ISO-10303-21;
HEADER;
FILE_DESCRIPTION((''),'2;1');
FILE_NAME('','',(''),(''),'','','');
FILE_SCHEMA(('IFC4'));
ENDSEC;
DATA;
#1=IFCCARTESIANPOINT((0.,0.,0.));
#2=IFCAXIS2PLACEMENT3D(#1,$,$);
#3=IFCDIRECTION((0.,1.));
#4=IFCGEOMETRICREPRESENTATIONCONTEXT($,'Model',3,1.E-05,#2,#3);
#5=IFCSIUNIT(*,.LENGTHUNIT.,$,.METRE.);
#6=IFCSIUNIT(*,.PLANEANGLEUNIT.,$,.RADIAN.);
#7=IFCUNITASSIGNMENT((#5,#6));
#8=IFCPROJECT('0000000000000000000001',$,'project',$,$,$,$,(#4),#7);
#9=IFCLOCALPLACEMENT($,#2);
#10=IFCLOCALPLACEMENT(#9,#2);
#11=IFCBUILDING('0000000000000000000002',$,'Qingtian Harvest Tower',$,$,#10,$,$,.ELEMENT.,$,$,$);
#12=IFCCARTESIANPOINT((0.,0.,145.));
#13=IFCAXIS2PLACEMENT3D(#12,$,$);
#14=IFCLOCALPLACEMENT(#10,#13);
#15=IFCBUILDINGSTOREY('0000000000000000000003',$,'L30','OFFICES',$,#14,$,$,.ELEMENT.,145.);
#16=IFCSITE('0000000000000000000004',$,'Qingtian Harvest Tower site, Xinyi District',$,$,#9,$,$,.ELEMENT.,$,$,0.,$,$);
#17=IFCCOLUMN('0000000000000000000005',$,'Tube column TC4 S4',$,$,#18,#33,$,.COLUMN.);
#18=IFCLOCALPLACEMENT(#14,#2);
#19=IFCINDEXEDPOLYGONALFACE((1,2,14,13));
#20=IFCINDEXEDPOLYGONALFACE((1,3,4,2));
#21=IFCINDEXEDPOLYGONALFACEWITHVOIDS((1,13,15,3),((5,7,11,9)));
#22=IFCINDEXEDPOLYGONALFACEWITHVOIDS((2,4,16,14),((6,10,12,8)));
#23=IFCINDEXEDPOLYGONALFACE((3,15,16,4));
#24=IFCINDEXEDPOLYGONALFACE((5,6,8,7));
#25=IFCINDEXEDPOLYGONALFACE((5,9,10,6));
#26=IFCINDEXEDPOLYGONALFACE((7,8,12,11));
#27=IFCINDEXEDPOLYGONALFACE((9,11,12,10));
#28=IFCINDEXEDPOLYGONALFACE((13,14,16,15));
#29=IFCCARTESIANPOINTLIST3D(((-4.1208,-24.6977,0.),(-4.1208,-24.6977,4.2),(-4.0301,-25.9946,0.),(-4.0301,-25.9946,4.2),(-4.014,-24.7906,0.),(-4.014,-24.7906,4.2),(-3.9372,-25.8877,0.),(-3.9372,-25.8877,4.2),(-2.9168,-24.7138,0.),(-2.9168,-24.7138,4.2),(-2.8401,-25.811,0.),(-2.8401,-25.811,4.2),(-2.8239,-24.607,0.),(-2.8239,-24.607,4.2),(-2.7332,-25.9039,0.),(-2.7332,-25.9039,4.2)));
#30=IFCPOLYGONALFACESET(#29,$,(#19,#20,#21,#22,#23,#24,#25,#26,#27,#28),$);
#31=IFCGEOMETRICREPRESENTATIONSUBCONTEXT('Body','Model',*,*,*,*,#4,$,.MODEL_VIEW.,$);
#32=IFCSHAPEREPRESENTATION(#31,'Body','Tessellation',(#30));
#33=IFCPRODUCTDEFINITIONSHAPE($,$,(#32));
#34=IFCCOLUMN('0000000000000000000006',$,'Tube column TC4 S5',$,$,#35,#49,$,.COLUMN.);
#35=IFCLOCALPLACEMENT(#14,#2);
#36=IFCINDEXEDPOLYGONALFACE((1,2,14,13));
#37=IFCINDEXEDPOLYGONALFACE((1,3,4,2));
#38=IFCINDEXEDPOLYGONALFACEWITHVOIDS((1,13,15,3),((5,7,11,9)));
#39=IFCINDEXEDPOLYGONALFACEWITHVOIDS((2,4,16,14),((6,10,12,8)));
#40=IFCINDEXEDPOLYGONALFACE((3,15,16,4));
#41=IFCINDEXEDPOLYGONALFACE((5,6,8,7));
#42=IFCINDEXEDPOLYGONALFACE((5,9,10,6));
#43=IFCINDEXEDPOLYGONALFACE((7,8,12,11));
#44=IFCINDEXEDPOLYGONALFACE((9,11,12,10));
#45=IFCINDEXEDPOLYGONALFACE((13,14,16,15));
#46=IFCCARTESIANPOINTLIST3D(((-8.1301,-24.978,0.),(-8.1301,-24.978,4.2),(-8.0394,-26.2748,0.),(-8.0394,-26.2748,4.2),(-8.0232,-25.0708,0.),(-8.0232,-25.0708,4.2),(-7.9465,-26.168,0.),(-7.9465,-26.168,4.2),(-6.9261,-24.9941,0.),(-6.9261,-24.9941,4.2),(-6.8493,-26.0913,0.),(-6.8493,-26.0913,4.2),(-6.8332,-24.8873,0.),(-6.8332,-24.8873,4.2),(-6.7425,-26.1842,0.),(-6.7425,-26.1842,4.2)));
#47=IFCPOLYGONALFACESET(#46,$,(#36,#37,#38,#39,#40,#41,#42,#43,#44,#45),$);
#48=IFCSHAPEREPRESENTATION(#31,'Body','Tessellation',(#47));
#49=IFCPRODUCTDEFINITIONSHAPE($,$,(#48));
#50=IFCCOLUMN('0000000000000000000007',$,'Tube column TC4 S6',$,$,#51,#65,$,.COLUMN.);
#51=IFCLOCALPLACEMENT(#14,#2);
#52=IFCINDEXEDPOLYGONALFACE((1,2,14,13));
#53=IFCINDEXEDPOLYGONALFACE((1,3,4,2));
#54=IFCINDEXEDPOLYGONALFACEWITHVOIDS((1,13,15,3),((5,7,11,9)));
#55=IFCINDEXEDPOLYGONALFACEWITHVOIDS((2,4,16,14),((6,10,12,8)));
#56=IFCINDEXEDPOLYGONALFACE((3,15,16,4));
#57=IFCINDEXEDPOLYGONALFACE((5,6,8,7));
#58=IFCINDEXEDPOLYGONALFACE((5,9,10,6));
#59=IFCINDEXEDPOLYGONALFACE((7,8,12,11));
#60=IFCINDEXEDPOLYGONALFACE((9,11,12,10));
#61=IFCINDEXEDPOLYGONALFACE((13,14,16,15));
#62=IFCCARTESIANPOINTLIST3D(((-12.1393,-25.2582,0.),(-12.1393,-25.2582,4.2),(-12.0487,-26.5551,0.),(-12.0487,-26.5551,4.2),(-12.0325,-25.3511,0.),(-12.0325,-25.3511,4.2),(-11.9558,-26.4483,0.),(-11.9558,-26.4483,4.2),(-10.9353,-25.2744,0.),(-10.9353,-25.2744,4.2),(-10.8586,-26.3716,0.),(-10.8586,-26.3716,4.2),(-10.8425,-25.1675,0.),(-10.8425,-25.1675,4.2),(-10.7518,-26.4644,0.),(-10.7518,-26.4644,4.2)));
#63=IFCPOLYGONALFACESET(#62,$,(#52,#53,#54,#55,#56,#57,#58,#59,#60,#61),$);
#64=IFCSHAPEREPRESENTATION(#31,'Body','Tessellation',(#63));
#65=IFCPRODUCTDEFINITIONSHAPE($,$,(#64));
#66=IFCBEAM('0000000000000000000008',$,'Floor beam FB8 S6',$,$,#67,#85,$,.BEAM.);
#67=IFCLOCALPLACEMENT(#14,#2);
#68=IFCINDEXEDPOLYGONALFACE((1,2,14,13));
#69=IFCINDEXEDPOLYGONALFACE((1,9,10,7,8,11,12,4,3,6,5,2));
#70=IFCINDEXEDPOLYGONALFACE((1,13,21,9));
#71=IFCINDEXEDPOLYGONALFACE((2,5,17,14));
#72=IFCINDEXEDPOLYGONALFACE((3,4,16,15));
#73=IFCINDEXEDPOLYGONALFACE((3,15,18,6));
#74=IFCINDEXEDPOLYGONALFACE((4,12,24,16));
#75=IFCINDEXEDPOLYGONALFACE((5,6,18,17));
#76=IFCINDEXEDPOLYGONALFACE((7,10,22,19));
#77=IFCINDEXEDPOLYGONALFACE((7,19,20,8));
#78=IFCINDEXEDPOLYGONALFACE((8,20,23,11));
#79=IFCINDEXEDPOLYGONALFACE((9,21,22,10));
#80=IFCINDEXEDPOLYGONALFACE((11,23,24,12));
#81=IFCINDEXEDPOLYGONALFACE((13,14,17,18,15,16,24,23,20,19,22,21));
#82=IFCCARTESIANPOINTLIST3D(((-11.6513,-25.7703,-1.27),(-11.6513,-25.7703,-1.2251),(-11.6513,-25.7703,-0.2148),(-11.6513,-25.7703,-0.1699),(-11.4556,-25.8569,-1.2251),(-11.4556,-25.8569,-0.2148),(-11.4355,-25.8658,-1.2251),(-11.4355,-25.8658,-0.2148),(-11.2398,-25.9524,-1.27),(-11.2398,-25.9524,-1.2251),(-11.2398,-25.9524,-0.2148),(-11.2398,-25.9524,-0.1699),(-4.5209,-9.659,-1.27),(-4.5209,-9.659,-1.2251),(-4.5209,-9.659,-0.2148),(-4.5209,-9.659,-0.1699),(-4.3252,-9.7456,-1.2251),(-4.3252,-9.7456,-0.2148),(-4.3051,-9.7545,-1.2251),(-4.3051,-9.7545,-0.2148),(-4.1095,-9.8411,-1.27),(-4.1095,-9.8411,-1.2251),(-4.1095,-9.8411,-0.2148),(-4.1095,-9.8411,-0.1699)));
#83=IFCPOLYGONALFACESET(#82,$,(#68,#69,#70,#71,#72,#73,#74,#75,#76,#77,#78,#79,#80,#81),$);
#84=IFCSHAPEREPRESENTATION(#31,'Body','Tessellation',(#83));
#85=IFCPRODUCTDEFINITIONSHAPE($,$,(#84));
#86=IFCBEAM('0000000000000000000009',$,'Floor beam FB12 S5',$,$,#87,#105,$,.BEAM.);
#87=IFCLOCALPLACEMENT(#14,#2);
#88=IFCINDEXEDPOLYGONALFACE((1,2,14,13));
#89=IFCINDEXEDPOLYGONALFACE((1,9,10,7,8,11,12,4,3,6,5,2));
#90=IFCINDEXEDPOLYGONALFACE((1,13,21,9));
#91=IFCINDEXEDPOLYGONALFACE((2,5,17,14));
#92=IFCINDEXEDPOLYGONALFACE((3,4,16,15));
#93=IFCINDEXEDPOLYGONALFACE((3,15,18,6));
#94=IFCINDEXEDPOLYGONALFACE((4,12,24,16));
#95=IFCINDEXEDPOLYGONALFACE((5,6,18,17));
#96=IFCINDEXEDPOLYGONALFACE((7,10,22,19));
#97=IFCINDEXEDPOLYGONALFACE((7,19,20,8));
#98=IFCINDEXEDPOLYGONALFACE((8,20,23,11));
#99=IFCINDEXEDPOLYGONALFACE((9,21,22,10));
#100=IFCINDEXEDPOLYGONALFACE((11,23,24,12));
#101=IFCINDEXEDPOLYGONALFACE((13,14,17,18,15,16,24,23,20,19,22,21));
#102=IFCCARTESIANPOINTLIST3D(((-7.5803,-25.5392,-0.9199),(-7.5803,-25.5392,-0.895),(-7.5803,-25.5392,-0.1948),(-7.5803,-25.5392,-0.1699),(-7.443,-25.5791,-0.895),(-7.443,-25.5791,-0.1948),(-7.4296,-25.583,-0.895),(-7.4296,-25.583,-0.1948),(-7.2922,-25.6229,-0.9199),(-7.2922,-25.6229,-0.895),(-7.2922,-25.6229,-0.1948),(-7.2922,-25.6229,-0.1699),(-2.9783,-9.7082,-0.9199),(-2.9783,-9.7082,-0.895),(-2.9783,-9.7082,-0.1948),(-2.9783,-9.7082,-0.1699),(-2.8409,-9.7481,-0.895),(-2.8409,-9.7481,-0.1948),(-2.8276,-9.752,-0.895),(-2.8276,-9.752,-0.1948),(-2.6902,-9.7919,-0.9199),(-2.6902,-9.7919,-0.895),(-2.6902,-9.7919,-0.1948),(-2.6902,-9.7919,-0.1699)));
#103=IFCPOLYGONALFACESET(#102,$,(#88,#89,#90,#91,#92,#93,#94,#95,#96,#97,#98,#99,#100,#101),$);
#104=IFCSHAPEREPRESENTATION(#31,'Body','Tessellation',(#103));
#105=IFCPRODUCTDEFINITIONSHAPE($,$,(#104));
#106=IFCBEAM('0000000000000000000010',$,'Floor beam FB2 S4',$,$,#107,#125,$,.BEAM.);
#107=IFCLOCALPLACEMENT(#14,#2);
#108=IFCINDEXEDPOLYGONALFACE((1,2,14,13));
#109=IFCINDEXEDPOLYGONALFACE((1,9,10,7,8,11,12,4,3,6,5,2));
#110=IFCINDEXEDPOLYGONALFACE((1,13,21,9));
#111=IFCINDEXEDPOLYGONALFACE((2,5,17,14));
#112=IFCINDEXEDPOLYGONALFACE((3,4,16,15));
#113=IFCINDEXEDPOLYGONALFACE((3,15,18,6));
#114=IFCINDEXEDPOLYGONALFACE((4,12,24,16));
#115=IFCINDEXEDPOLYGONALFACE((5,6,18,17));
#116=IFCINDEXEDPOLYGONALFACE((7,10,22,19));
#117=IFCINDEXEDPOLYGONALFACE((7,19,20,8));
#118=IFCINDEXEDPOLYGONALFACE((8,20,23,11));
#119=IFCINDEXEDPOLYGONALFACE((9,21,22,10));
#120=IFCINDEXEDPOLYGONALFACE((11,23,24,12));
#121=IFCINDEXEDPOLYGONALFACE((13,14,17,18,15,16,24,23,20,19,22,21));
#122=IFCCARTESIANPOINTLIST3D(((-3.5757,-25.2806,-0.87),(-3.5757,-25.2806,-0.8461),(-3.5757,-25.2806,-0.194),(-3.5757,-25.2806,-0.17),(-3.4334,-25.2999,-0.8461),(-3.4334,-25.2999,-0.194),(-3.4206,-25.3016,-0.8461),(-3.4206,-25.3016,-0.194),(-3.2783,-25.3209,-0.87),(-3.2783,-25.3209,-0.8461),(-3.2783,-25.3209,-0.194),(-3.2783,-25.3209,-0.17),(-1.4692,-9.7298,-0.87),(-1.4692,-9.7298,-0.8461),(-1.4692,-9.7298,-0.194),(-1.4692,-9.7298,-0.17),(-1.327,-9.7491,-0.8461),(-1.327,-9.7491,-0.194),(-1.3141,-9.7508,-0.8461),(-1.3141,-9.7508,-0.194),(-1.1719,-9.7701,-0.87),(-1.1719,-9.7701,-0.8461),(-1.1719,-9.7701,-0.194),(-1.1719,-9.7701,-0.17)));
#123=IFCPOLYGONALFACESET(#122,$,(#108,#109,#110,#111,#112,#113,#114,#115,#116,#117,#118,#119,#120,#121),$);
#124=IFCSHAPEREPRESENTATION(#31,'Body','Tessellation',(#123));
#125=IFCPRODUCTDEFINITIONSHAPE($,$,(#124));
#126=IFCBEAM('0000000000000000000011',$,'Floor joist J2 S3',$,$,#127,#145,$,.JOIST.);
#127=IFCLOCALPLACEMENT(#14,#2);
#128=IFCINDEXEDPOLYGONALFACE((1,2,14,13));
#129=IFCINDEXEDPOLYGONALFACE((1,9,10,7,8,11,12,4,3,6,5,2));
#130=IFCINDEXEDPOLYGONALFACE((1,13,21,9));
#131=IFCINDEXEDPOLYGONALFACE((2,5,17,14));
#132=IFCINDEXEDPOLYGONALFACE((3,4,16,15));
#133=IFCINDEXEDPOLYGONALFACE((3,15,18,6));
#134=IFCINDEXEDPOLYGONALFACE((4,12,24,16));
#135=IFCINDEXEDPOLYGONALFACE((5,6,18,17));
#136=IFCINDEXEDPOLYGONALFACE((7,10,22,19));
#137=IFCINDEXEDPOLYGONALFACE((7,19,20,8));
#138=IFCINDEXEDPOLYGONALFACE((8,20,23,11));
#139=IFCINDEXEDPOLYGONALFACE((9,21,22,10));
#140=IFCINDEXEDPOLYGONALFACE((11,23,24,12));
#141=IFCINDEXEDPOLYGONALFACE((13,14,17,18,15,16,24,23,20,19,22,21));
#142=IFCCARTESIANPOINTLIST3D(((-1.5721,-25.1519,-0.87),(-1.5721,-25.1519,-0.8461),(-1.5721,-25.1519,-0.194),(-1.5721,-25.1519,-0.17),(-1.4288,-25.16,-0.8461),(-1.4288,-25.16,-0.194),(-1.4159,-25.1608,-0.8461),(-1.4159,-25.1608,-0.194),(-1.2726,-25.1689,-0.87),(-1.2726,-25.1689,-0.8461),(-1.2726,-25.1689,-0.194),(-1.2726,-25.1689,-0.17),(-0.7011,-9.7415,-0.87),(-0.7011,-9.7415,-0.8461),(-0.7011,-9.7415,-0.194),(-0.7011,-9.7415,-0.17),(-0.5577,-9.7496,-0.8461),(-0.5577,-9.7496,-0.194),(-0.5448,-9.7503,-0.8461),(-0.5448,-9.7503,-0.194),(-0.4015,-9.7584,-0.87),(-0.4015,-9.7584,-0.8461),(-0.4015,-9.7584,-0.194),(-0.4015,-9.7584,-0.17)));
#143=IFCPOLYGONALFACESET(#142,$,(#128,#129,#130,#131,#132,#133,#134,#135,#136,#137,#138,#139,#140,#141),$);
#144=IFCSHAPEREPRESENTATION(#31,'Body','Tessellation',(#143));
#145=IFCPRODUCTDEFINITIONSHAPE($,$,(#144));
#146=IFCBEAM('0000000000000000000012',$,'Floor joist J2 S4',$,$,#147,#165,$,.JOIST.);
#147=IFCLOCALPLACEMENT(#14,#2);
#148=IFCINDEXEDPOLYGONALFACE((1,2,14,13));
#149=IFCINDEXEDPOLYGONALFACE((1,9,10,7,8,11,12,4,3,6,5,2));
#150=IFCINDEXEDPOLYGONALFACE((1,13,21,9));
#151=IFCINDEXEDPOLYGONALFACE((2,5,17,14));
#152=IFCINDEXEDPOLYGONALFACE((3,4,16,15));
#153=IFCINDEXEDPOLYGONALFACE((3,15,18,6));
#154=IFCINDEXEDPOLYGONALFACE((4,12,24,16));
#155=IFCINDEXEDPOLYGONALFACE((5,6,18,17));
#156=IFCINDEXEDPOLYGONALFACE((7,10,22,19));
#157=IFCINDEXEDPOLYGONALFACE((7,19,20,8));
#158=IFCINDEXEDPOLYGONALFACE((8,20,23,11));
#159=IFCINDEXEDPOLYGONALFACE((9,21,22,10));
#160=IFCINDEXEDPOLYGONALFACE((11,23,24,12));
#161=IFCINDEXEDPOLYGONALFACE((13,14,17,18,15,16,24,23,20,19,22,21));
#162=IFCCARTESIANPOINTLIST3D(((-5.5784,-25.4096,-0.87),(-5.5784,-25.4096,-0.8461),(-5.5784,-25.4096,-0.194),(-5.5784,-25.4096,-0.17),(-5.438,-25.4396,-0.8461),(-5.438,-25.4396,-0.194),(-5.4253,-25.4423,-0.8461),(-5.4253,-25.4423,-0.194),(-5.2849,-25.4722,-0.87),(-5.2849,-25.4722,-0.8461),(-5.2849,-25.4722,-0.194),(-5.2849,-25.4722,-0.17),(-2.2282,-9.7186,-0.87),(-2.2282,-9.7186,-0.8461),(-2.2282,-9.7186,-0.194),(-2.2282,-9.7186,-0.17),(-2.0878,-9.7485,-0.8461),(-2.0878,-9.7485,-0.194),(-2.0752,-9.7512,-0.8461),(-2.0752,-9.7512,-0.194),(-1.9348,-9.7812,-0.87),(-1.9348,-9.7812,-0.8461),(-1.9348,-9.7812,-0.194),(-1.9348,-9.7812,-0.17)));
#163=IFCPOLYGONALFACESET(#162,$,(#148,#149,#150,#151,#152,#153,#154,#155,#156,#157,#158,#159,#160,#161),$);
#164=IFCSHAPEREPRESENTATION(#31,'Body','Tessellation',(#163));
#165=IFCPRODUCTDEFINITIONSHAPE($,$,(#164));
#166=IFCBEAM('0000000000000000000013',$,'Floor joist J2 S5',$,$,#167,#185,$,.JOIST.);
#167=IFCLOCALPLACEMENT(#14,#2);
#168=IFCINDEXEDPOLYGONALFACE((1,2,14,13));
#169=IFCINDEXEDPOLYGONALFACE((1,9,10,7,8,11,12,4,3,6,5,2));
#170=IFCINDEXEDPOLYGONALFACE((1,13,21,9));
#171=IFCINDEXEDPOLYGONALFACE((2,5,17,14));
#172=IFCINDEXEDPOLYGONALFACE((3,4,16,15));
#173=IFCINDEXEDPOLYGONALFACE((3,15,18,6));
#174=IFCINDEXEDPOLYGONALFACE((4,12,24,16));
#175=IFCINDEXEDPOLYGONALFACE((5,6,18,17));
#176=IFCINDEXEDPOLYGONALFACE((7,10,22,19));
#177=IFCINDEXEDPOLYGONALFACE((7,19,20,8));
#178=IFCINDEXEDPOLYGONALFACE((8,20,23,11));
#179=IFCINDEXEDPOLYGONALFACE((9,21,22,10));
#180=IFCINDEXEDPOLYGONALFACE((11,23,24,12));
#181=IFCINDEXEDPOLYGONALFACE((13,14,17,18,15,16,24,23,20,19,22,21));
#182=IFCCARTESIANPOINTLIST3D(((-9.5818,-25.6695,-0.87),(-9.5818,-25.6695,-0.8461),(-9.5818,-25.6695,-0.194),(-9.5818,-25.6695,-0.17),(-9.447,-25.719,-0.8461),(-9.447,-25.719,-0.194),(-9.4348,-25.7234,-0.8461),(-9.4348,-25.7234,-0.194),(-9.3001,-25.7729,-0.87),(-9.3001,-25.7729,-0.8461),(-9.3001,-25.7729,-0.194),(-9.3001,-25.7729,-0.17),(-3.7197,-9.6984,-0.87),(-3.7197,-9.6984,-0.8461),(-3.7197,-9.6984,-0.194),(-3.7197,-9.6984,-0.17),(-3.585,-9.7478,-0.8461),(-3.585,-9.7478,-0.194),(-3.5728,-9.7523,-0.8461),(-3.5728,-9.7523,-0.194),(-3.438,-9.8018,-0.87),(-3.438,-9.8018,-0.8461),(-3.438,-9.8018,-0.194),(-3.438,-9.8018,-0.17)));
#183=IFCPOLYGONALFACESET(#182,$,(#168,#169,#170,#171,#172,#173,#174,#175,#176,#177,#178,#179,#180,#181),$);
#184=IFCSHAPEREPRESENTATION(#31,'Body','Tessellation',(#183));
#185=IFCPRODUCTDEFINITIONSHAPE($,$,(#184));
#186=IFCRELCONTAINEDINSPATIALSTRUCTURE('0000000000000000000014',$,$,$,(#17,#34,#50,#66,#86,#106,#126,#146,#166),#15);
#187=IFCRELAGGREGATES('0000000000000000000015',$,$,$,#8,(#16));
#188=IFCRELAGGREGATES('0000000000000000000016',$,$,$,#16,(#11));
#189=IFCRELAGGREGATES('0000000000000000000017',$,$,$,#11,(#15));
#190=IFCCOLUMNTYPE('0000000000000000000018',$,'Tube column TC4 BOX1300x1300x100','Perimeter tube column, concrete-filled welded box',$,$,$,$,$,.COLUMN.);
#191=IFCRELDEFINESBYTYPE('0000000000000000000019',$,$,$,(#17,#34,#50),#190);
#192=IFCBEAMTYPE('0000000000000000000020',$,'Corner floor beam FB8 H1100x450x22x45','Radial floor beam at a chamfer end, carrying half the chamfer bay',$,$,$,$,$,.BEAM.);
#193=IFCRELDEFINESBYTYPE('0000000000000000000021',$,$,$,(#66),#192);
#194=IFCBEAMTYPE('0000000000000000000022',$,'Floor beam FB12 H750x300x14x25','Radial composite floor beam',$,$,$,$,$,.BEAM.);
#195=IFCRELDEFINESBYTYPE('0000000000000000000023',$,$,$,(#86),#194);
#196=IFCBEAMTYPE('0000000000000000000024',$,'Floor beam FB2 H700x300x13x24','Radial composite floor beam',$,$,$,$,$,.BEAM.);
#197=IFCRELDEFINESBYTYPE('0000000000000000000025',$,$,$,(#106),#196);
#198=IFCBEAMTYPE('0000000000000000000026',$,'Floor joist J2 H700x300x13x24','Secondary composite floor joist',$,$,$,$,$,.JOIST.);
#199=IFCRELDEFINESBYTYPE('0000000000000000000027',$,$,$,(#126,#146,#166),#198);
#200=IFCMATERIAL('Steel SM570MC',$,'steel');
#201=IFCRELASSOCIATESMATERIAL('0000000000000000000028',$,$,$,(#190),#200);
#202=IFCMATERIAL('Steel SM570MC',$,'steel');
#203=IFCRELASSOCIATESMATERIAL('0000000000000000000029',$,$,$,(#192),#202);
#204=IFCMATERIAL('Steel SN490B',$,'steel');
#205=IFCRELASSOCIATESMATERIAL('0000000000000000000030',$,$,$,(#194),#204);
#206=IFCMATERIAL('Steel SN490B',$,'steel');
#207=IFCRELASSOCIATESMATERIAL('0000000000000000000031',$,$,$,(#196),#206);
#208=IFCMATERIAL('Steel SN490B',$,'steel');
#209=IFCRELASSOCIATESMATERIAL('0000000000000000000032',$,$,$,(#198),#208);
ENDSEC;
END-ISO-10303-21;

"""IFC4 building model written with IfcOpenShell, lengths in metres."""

from ifc_helpers import new_model, si_unit, direction, frame, origin, origin_2d, place, context, subcontext, project, spatial, hollow_rectangle, i_section, extrude, material, material_profile, profile_set, type_object, element, save


model = new_model("IFC4")

# Units and contexts
model_context = context("Model", 3, precision=1e-05, world=origin(), true_north=direction((0.0, 1.0)))
body_context = subcontext(model_context, "Body", "Model", "MODEL_VIEW")
ifc_project = project(units=[si_unit("LENGTHUNIT", "METRE"), si_unit("PLANEANGLEUNIT", "RADIAN")], contexts=[model_context])

# Site, building, storey
site_placement = place(None, origin())
site = spatial("IfcSite", under=ifc_project, at=site_placement, Name="Qingtian Harvest Tower site, Xinyi District", CompositionType="ELEMENT", RefElevation=0.0)
building_placement = place(site_placement, origin())
building = spatial("IfcBuilding", under=site, at=building_placement, Name="Qingtian Harvest Tower", CompositionType="ELEMENT")
storey_placement = place(building_placement, frame((0.0, 0.0, 145.0)))
storey = spatial("IfcBuildingStorey", under=building, at=storey_placement, Name="L30", Description="OFFICES", CompositionType="ELEMENT", Elevation=145.0)

# Columns
ifc_material_1 = material(Name="Steel SM570MC", Category="steel")
ifc_material_profile_1 = material_profile(ifc_material_1, hollow_rectangle(XDim=1.3, YDim=1.3, WallThickness=0.1001, at=origin_2d()), Name="BOX1300x1300x100")
ifc_profile_set_1 = profile_set([ifc_material_profile_1], Name="Steel SM570MC")
column_type = type_object("IfcColumnType", Name="Tube column TC4 BOX1300x1300x100", Description="Perimeter tube column, concrete-filled welded box", PredefinedType="COLUMN", material=ifc_profile_set_1)
for number, where, z_axis, x_axis, name in (
    (1, (-3.427, -25.3008, 0.0), (0.0, 0.0, 1.0), (0.997564, 0.069756, 0.0), "Tube column TC4 S4"),
    (2, (-7.4363, -25.5811, 0.0), (0.0, 0.0, 1.0), (0.997564, 0.069756, 0.0), "Tube column TC4 S5"),
    (3, (-11.4456, -25.8613, 0.0), (0.0, 0.0, 1.0), (0.997564, 0.069756, 0.0), "Tube column TC4 S6"),
):
    element("IfcColumn", number, at=place(storey_placement, frame(where, z_axis=z_axis, x_axis=x_axis)), inside=storey, type_object=column_type, Name=name, PredefinedType="COLUMN", context=body_context, shape_type="SweptSolid", body=[
        extrude(hollow_rectangle(XDim=1.3, YDim=1.3, WallThickness=0.1001, at=origin_2d()), origin(), (0.0, 0.0, 1.0), 4.2),
    ])

# Beams
ifc_material_2 = material(Name="Steel SM570MC", Category="steel")
ifc_material_profile_2 = material_profile(ifc_material_2, i_section(OverallWidth=0.45, OverallDepth=1.1001, WebThickness=0.022, FlangeThickness=0.0449, at=origin_2d()), Name="H1100x450x22x45")
ifc_profile_set_2 = profile_set([ifc_material_profile_2], Name="Steel SM570MC")
beam_type_1 = type_object("IfcBeamType", Name="Corner floor beam FB8 H1100x450x22x45", Description="Radial floor beam at a chamfer end, carrying half the chamfer bay", PredefinedType="BEAM", material=ifc_profile_set_2)
beam_1_placement = place(storey_placement, frame((-11.4456, -25.8613, -0.72), z_axis=(0.404706, 0.914447, 0.0), x_axis=(-0.914447, 0.404706, 0.0)))
element("IfcBeam", 4, at=beam_1_placement, inside=storey, type_object=beam_type_1, Name="Floor beam FB8 S6", PredefinedType="BEAM", context=body_context, shape_type="SweptSolid", body=[
    extrude(i_section(OverallWidth=0.45, OverallDepth=1.1001, WebThickness=0.022, FlangeThickness=0.0449, at=origin_2d()), origin(), (0.0, 0.0, 1.0), 17.6187),
])
ifc_material_3 = material(Name="Steel SN490B", Category="steel")
ifc_material_profile_3 = material_profile(ifc_material_3, i_section(OverallWidth=0.3, OverallDepth=0.75, WebThickness=0.0139, FlangeThickness=0.0249, at=origin_2d()), Name="H750x300x14x25")
ifc_profile_set_3 = profile_set([ifc_material_profile_3], Name="Steel SN490B")
beam_type_2 = type_object("IfcBeamType", Name="Floor beam FB12 H750x300x14x25", Description="Radial composite floor beam", PredefinedType="BEAM", material=ifc_profile_set_3)
beam_2_placement = place(storey_placement, frame((-7.4363, -25.5811, -0.5449), z_axis=(0.279142, 0.96025, 0.0), x_axis=(-0.96025, 0.279142, 0.0)))
element("IfcBeam", 5, at=beam_2_placement, inside=storey, type_object=beam_type_2, Name="Floor beam FB12 S5", PredefinedType="BEAM", context=body_context, shape_type="SweptSolid", body=[
    extrude(i_section(OverallWidth=0.3, OverallDepth=0.75, WebThickness=0.0139, FlangeThickness=0.0249, at=origin_2d()), origin(), (0.0, 0.0, 1.0), 16.4863),
])
ifc_material_4 = material(Name="Steel SN490B", Category="steel")
ifc_material_profile_4 = material_profile(ifc_material_4, i_section(OverallWidth=0.3, OverallDepth=0.7, WebThickness=0.0129, FlangeThickness=0.0239, at=origin_2d()), Name="H700x300x13x24")
ifc_profile_set_4 = profile_set([ifc_material_profile_4], Name="Steel SN490B")
beam_type_3 = type_object("IfcBeamType", Name="Floor beam FB2 H700x300x13x24", Description="Radial composite floor beam", PredefinedType="BEAM", material=ifc_profile_set_4)
beam_3_placement = place(storey_placement, frame((-3.427, -25.3008, -0.52), z_axis=(0.13423, 0.99095, 0.0), x_axis=(-0.99095, 0.13423, 0.0)))
element("IfcBeam", 6, at=beam_3_placement, inside=storey, type_object=beam_type_3, Name="Floor beam FB2 S4", PredefinedType="BEAM", context=body_context, shape_type="SweptSolid", body=[
    extrude(i_section(OverallWidth=0.3, OverallDepth=0.7, WebThickness=0.0129, FlangeThickness=0.0239, at=origin_2d()), origin(), (0.0, 0.0, 1.0), 15.6929),
])
ifc_material_5 = material(Name="Steel SN490B", Category="steel")
ifc_material_profile_5 = material_profile(ifc_material_5, i_section(OverallWidth=0.3, OverallDepth=0.7, WebThickness=0.0129, FlangeThickness=0.0239, at=origin_2d()), Name="H700x300x13x24")
ifc_profile_set_5 = profile_set([ifc_material_profile_5], Name="Steel SN490B")
beam_type_4 = type_object("IfcBeamType", Name="Floor joist J2 H700x300x13x24", Description="Secondary composite floor joist", PredefinedType="JOIST", material=ifc_profile_set_5)
beam_4_placement = place(storey_placement, frame((-1.4224, -25.1604, -0.52), z_axis=(0.056436, 0.998406, 0.0), x_axis=(-0.998406, 0.056436, 0.0)))
element("IfcBeam", 7, at=beam_4_placement, inside=storey, type_object=beam_type_4, Name="Floor joist J2 S3", PredefinedType="JOIST", context=body_context, shape_type="SweptSolid", body=[
    extrude(i_section(OverallWidth=0.3, OverallDepth=0.7, WebThickness=0.0129, FlangeThickness=0.0239, at=origin_2d()), origin(), (0.0, 0.0, 1.0), 15.4351),
])
beam_5_placement = place(storey_placement, frame((-5.4316, -25.4409, -0.52), z_axis=(0.2088, 0.977958, 0.0), x_axis=(-0.977958, 0.2088, 0.0)))
element("IfcBeam", 8, at=beam_5_placement, inside=storey, type_object=beam_type_4, Name="Floor joist J2 S4", PredefinedType="JOIST", context=body_context, shape_type="SweptSolid", body=[
    extrude(i_section(OverallWidth=0.3, OverallDepth=0.7, WebThickness=0.0129, FlangeThickness=0.0239, at=origin_2d()), origin(), (0.0, 0.0, 1.0), 16.0447),
])
beam_6_placement = place(storey_placement, frame((-9.4409, -25.7212, -0.52), z_axis=(0.344563, 0.938763, 0.0), x_axis=(-0.938763, 0.344563, 0.0)))
element("IfcBeam", 9, at=beam_6_placement, inside=storey, type_object=beam_type_4, Name="Floor joist J2 S5", PredefinedType="JOIST", context=body_context, shape_type="SweptSolid", body=[
    extrude(i_section(OverallWidth=0.3, OverallDepth=0.7, WebThickness=0.0129, FlangeThickness=0.0239, at=origin_2d()), origin(), (0.0, 0.0, 1.0), 17.0129),
])

save(model, "model.ifc")
